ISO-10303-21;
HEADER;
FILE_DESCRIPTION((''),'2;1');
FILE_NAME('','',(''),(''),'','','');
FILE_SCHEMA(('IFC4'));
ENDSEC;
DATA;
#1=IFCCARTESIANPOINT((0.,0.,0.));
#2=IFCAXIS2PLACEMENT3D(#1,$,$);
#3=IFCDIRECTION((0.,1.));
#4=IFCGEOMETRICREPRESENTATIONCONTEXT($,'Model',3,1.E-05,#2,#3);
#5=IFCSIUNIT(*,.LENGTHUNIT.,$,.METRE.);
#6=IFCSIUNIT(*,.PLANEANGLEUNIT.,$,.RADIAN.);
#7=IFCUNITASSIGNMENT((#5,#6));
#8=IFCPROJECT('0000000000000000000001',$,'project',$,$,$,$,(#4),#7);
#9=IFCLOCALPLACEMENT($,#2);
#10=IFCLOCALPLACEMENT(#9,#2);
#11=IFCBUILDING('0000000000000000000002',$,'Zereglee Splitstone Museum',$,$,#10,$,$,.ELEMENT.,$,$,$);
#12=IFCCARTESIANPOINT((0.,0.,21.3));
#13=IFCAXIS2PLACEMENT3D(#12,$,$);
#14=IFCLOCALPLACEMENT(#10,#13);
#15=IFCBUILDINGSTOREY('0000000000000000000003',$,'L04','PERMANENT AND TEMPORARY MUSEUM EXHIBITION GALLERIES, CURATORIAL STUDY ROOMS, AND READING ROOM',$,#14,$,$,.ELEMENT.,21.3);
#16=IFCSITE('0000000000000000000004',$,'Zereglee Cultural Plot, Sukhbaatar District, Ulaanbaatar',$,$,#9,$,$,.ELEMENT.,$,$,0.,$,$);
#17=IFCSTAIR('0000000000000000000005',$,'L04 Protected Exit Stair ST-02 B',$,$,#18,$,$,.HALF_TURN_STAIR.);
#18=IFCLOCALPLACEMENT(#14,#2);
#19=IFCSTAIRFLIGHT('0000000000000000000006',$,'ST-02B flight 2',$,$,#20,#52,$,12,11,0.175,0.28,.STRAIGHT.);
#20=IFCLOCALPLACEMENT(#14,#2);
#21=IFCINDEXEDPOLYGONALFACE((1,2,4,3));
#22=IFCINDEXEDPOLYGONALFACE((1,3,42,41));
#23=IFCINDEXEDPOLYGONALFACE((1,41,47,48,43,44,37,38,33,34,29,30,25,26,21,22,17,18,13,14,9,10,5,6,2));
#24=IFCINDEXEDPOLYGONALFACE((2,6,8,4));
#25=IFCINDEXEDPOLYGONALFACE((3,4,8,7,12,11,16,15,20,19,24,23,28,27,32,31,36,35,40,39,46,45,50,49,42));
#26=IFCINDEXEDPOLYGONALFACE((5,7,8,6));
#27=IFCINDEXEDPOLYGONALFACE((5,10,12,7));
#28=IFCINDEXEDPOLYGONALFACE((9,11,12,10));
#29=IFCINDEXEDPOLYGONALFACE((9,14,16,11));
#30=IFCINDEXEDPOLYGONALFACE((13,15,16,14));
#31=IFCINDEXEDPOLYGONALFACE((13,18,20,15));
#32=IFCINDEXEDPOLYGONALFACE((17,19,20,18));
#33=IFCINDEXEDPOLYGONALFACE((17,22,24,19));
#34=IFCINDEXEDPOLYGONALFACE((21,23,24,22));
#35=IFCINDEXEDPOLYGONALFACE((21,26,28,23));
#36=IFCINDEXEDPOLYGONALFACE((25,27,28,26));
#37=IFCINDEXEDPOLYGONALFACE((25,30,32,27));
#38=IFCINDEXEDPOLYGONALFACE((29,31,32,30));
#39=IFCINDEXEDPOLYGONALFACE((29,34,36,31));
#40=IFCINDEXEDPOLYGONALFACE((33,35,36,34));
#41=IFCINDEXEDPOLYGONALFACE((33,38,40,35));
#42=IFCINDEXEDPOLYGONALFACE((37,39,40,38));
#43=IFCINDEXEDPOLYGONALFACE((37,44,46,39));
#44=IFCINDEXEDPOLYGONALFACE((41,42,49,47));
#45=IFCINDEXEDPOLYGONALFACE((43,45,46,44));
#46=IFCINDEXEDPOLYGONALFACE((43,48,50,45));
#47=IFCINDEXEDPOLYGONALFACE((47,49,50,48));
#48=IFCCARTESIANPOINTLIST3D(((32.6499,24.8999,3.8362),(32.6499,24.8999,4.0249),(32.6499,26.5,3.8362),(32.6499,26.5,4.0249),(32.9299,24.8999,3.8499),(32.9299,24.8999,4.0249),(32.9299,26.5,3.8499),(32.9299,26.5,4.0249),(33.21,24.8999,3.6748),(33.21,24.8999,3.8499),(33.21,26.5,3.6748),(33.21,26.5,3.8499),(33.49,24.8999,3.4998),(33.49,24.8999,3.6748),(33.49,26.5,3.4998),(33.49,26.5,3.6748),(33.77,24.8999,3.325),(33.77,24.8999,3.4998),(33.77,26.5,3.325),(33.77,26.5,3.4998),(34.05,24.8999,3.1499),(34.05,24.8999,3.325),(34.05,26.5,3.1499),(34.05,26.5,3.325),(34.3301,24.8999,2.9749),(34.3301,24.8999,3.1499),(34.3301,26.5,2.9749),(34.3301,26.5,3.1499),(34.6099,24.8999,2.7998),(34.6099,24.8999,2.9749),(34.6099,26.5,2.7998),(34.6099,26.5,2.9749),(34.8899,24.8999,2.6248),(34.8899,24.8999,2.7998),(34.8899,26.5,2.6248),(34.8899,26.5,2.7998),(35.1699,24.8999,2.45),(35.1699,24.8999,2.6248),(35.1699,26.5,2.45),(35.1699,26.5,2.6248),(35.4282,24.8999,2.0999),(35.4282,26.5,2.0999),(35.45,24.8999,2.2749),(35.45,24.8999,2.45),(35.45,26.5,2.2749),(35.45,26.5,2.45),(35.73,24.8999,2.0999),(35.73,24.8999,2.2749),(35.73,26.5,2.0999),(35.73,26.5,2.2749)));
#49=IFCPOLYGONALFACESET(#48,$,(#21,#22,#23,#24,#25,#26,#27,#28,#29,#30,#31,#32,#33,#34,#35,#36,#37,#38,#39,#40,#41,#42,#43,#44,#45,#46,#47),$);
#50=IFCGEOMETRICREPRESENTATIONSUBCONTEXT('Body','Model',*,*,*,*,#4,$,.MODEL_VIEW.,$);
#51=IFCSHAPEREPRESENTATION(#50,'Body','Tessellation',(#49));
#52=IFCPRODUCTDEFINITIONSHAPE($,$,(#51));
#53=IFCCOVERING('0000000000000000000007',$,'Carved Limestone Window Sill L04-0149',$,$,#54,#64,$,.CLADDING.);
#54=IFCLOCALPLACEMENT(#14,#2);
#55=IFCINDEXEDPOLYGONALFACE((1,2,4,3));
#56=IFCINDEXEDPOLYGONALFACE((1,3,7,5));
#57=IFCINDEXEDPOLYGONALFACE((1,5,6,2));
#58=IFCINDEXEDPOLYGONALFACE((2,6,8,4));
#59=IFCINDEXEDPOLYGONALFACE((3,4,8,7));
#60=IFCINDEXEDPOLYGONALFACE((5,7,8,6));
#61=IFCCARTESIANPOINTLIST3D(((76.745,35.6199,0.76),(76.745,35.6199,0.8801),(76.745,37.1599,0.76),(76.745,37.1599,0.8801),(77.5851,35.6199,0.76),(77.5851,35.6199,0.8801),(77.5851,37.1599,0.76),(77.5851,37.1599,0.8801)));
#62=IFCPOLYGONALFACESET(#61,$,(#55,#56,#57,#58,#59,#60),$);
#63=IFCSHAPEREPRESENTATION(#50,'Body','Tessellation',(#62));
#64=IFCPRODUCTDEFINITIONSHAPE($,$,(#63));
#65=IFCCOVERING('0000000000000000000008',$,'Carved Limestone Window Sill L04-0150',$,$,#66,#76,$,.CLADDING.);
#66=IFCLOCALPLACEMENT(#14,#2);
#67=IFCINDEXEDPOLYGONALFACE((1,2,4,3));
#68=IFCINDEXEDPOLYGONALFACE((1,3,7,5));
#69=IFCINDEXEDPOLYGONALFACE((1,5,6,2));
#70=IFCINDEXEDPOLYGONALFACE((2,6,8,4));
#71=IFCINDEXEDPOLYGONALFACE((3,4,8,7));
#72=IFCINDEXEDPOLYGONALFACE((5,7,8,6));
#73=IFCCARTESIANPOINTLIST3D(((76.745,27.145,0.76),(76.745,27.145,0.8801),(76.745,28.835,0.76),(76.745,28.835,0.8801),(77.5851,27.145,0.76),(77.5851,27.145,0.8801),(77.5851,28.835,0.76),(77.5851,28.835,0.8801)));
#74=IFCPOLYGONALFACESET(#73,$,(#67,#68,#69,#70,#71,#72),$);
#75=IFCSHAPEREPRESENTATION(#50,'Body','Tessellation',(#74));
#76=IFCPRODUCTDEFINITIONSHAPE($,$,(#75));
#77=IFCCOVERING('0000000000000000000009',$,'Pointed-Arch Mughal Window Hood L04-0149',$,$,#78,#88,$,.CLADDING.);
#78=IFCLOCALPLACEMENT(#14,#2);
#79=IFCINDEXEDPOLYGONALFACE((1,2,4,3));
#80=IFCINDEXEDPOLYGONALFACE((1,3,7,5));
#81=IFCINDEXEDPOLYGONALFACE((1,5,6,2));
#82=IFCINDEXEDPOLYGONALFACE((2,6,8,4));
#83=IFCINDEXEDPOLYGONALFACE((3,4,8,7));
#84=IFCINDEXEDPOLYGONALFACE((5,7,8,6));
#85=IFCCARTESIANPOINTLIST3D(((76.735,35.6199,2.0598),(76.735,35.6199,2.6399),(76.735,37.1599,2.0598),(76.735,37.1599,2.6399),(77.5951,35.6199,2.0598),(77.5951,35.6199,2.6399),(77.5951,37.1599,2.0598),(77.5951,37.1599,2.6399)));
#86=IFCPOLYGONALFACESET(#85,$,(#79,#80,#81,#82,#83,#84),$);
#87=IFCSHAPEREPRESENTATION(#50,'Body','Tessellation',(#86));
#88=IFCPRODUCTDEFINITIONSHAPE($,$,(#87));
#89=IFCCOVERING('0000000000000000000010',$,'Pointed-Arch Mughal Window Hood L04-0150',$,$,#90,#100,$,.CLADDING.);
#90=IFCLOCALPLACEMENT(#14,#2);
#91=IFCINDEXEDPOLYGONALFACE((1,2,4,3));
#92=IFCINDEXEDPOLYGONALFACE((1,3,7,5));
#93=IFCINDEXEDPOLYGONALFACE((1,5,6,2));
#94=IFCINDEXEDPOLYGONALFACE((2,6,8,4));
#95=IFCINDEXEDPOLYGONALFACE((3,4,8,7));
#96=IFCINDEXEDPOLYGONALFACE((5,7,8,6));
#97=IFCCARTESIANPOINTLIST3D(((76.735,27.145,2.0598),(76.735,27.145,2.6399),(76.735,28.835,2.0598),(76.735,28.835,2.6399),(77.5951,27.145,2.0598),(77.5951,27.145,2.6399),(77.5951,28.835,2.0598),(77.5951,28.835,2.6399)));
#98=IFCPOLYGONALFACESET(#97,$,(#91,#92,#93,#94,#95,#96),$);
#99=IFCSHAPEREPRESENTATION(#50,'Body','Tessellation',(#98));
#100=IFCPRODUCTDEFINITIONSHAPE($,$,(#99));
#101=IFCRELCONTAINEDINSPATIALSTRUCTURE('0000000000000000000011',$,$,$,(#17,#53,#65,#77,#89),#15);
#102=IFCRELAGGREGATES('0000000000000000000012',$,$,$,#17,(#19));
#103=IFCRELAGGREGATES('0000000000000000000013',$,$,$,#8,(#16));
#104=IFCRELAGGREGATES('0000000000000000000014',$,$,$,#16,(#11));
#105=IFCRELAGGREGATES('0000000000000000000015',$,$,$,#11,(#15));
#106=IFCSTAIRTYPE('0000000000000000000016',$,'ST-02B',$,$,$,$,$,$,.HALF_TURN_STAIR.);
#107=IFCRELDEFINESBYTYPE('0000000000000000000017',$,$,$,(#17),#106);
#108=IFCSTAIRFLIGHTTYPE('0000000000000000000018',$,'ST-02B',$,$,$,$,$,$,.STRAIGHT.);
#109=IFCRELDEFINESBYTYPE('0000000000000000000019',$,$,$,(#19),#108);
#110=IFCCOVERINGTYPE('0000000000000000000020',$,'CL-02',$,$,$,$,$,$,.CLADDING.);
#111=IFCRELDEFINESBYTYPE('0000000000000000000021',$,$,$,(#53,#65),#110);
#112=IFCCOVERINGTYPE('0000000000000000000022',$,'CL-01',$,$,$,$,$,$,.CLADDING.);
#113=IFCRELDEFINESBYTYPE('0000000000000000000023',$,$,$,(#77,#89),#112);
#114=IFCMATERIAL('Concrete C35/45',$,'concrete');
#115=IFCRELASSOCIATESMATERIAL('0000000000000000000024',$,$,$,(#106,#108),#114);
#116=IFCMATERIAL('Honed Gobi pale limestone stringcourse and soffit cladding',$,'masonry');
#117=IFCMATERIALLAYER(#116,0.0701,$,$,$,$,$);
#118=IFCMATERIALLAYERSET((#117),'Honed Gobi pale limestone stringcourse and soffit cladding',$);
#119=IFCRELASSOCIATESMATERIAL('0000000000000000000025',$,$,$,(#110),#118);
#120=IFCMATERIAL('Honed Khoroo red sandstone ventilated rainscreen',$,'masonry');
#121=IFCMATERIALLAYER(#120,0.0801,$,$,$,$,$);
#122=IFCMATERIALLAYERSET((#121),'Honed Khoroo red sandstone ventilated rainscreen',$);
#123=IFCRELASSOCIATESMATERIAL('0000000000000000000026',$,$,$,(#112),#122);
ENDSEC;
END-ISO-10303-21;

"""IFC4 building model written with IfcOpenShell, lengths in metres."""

from ifc_helpers import new_model, si_unit, direction, frame, origin, origin_2d, place, context, subcontext, project, spatial, polyline, rectangle, outline, extrude, material, layer, layer_set, type_object, element, aggregate, save


model = new_model("IFC4")

# Units and contexts
model_context = context("Model", 3, precision=1e-05, world=origin(), true_north=direction((0.0, 1.0)))
body_context = subcontext(model_context, "Body", "Model", "MODEL_VIEW")
ifc_project = project(units=[si_unit("LENGTHUNIT", "METRE"), si_unit("PLANEANGLEUNIT", "RADIAN")], contexts=[model_context])

# Site, building, storey
site_placement = place(None, origin())
site = spatial("IfcSite", under=ifc_project, at=site_placement, Name="Zereglee Cultural Plot, Sukhbaatar District, Ulaanbaatar", CompositionType="ELEMENT", RefElevation=0.0)
building_placement = place(site_placement, origin())
building = spatial("IfcBuilding", under=site, at=building_placement, Name="Zereglee Splitstone Museum", CompositionType="ELEMENT")
storey_placement = place(building_placement, frame((0.0, 0.0, 21.3)))
storey = spatial("IfcBuildingStorey", under=building, at=storey_placement, Name="L04", Description="PERMANENT AND TEMPORARY MUSEUM EXHIBITION GALLERIES, CURATORIAL STUDY ROOMS, AND READING ROOM", CompositionType="ELEMENT", Elevation=21.3)

# Stair, stair flight
ifc_material_1 = material(Name="Concrete C35/45", Category="concrete")
stair_type = type_object("IfcStairType", Name="ST-02B", PredefinedType="HALF_TURN_STAIR", material=ifc_material_1)
stair_placement = place(storey_placement, origin())
stair = element("IfcStair", 1, at=stair_placement, inside=storey, type_object=stair_type, Name="L04 Protected Exit Stair ST-02 B", PredefinedType="HALF_TURN_STAIR")
stair_flight_type = type_object("IfcStairFlightType", Name="ST-02B", PredefinedType="STRAIGHT", material=ifc_material_1)
stair_flight_1_placement = place(storey_placement, frame((35.73, 25.7, 2.0999), z_axis=(0.0, 0.0, 1.0), x_axis=(-1.0, 0.0, 0.0)))
stair_flight_1 = element("IfcStairFlight", 2, at=stair_flight_1_placement, type_object=stair_flight_type, Name="ST-02B flight 2", NumberOfRisers=12, NumberOfTreads=11, PredefinedType="STRAIGHT", RiserHeight=0.175, TreadLength=0.28, context=body_context, shape_type="SweptSolid", body=[
    extrude(outline(polyline([(0.0, 0.0), (0.0, 0.175), (0.28, 0.175), (0.28, 0.3501), (0.5601, 0.3501), (0.5601, 0.5249), (0.8401, 0.5249), (0.8401, 0.7), (1.1201, 0.7), (1.1201, 0.875), (1.3999, 0.875), (1.3999, 1.05), (1.6799, 1.05), (1.6799, 1.2251), (1.96, 1.2251), (1.96, 1.3999), (2.24, 1.3999), (2.24, 1.575), (2.52, 1.575), (2.52, 1.75), (2.8, 1.75), (2.8, 1.925), (3.0801, 1.925), (3.0801, 2.1001), (3.0801, 1.7363), (0.3018, 0.0), (0.0, 0.0)])), frame((0.0, 0.8, 0.0), z_axis=(0.0, -1.0, 0.0), x_axis=(1.0, 0.0, 0.0)), (0.0, 0.0, 1.0), 1.6001),
])
aggregate(stair, [stair_flight_1])

# Coverings
ifc_material_2 = material(Name="Honed Gobi pale limestone stringcourse and soffit cladding", Category="masonry")
ifc_layer_1 = layer(ifc_material_2, 0.0701)
ifc_layer_set_1 = layer_set([ifc_layer_1], Name="Honed Gobi pale limestone stringcourse and soffit cladding")
covering_type_1 = type_object("IfcCoveringType", Name="CL-02", PredefinedType="CLADDING", material=ifc_layer_set_1)
covering_1_placement = place(storey_placement, frame((77.165, 36.3899, 0.76), z_axis=(0.0, 0.0, 1.0), x_axis=(0.0, -1.0, 0.0)))
element("IfcCovering", 3, at=covering_1_placement, inside=storey, type_object=covering_type_1, Name="Carved Limestone Window Sill L04-0149", PredefinedType="CLADDING", context=body_context, shape_type="SweptSolid", body=[
    extrude(rectangle(XDim=1.54, YDim=0.8401, at=origin_2d()), origin(), (0.0, 0.0, 1.0), 0.1201),
])
covering_2_placement = place(storey_placement, frame((77.165, 27.99, 0.76), z_axis=(0.0, 0.0, 1.0), x_axis=(0.0, -1.0, 0.0)))
element("IfcCovering", 4, at=covering_2_placement, inside=storey, type_object=covering_type_1, Name="Carved Limestone Window Sill L04-0150", PredefinedType="CLADDING", context=body_context, shape_type="SweptSolid", body=[
    extrude(rectangle(XDim=1.6899, YDim=0.8401, at=origin_2d()), origin(), (0.0, 0.0, 1.0), 0.1201),
])
ifc_material_3 = material(Name="Honed Khoroo red sandstone ventilated rainscreen", Category="masonry")
ifc_layer_2 = layer(ifc_material_3, 0.0801)
ifc_layer_set_2 = layer_set([ifc_layer_2], Name="Honed Khoroo red sandstone ventilated rainscreen")
covering_type_2 = type_object("IfcCoveringType", Name="CL-01", PredefinedType="CLADDING", material=ifc_layer_set_2)
covering_3_placement = place(storey_placement, frame((77.165, 36.3899, 2.0598), z_axis=(0.0, 0.0, 1.0), x_axis=(0.0, -1.0, 0.0)))
element("IfcCovering", 5, at=covering_3_placement, inside=storey, type_object=covering_type_2, Name="Pointed-Arch Mughal Window Hood L04-0149", PredefinedType="CLADDING", context=body_context, shape_type="SweptSolid", body=[
    extrude(rectangle(XDim=1.54, YDim=0.8601, at=origin_2d()), origin(), (0.0, 0.0, 1.0), 0.5801),
])
covering_4_placement = place(storey_placement, frame((77.165, 27.99, 2.0598), z_axis=(0.0, 0.0, 1.0), x_axis=(0.0, -1.0, 0.0)))
element("IfcCovering", 6, at=covering_4_placement, inside=storey, type_object=covering_type_2, Name="Pointed-Arch Mughal Window Hood L04-0150", PredefinedType="CLADDING", context=body_context, shape_type="SweptSolid", body=[
    extrude(rectangle(XDim=1.6899, YDim=0.8601, at=origin_2d()), origin(), (0.0, 0.0, 1.0), 0.5801),
])

save(model, "model.ifc")
